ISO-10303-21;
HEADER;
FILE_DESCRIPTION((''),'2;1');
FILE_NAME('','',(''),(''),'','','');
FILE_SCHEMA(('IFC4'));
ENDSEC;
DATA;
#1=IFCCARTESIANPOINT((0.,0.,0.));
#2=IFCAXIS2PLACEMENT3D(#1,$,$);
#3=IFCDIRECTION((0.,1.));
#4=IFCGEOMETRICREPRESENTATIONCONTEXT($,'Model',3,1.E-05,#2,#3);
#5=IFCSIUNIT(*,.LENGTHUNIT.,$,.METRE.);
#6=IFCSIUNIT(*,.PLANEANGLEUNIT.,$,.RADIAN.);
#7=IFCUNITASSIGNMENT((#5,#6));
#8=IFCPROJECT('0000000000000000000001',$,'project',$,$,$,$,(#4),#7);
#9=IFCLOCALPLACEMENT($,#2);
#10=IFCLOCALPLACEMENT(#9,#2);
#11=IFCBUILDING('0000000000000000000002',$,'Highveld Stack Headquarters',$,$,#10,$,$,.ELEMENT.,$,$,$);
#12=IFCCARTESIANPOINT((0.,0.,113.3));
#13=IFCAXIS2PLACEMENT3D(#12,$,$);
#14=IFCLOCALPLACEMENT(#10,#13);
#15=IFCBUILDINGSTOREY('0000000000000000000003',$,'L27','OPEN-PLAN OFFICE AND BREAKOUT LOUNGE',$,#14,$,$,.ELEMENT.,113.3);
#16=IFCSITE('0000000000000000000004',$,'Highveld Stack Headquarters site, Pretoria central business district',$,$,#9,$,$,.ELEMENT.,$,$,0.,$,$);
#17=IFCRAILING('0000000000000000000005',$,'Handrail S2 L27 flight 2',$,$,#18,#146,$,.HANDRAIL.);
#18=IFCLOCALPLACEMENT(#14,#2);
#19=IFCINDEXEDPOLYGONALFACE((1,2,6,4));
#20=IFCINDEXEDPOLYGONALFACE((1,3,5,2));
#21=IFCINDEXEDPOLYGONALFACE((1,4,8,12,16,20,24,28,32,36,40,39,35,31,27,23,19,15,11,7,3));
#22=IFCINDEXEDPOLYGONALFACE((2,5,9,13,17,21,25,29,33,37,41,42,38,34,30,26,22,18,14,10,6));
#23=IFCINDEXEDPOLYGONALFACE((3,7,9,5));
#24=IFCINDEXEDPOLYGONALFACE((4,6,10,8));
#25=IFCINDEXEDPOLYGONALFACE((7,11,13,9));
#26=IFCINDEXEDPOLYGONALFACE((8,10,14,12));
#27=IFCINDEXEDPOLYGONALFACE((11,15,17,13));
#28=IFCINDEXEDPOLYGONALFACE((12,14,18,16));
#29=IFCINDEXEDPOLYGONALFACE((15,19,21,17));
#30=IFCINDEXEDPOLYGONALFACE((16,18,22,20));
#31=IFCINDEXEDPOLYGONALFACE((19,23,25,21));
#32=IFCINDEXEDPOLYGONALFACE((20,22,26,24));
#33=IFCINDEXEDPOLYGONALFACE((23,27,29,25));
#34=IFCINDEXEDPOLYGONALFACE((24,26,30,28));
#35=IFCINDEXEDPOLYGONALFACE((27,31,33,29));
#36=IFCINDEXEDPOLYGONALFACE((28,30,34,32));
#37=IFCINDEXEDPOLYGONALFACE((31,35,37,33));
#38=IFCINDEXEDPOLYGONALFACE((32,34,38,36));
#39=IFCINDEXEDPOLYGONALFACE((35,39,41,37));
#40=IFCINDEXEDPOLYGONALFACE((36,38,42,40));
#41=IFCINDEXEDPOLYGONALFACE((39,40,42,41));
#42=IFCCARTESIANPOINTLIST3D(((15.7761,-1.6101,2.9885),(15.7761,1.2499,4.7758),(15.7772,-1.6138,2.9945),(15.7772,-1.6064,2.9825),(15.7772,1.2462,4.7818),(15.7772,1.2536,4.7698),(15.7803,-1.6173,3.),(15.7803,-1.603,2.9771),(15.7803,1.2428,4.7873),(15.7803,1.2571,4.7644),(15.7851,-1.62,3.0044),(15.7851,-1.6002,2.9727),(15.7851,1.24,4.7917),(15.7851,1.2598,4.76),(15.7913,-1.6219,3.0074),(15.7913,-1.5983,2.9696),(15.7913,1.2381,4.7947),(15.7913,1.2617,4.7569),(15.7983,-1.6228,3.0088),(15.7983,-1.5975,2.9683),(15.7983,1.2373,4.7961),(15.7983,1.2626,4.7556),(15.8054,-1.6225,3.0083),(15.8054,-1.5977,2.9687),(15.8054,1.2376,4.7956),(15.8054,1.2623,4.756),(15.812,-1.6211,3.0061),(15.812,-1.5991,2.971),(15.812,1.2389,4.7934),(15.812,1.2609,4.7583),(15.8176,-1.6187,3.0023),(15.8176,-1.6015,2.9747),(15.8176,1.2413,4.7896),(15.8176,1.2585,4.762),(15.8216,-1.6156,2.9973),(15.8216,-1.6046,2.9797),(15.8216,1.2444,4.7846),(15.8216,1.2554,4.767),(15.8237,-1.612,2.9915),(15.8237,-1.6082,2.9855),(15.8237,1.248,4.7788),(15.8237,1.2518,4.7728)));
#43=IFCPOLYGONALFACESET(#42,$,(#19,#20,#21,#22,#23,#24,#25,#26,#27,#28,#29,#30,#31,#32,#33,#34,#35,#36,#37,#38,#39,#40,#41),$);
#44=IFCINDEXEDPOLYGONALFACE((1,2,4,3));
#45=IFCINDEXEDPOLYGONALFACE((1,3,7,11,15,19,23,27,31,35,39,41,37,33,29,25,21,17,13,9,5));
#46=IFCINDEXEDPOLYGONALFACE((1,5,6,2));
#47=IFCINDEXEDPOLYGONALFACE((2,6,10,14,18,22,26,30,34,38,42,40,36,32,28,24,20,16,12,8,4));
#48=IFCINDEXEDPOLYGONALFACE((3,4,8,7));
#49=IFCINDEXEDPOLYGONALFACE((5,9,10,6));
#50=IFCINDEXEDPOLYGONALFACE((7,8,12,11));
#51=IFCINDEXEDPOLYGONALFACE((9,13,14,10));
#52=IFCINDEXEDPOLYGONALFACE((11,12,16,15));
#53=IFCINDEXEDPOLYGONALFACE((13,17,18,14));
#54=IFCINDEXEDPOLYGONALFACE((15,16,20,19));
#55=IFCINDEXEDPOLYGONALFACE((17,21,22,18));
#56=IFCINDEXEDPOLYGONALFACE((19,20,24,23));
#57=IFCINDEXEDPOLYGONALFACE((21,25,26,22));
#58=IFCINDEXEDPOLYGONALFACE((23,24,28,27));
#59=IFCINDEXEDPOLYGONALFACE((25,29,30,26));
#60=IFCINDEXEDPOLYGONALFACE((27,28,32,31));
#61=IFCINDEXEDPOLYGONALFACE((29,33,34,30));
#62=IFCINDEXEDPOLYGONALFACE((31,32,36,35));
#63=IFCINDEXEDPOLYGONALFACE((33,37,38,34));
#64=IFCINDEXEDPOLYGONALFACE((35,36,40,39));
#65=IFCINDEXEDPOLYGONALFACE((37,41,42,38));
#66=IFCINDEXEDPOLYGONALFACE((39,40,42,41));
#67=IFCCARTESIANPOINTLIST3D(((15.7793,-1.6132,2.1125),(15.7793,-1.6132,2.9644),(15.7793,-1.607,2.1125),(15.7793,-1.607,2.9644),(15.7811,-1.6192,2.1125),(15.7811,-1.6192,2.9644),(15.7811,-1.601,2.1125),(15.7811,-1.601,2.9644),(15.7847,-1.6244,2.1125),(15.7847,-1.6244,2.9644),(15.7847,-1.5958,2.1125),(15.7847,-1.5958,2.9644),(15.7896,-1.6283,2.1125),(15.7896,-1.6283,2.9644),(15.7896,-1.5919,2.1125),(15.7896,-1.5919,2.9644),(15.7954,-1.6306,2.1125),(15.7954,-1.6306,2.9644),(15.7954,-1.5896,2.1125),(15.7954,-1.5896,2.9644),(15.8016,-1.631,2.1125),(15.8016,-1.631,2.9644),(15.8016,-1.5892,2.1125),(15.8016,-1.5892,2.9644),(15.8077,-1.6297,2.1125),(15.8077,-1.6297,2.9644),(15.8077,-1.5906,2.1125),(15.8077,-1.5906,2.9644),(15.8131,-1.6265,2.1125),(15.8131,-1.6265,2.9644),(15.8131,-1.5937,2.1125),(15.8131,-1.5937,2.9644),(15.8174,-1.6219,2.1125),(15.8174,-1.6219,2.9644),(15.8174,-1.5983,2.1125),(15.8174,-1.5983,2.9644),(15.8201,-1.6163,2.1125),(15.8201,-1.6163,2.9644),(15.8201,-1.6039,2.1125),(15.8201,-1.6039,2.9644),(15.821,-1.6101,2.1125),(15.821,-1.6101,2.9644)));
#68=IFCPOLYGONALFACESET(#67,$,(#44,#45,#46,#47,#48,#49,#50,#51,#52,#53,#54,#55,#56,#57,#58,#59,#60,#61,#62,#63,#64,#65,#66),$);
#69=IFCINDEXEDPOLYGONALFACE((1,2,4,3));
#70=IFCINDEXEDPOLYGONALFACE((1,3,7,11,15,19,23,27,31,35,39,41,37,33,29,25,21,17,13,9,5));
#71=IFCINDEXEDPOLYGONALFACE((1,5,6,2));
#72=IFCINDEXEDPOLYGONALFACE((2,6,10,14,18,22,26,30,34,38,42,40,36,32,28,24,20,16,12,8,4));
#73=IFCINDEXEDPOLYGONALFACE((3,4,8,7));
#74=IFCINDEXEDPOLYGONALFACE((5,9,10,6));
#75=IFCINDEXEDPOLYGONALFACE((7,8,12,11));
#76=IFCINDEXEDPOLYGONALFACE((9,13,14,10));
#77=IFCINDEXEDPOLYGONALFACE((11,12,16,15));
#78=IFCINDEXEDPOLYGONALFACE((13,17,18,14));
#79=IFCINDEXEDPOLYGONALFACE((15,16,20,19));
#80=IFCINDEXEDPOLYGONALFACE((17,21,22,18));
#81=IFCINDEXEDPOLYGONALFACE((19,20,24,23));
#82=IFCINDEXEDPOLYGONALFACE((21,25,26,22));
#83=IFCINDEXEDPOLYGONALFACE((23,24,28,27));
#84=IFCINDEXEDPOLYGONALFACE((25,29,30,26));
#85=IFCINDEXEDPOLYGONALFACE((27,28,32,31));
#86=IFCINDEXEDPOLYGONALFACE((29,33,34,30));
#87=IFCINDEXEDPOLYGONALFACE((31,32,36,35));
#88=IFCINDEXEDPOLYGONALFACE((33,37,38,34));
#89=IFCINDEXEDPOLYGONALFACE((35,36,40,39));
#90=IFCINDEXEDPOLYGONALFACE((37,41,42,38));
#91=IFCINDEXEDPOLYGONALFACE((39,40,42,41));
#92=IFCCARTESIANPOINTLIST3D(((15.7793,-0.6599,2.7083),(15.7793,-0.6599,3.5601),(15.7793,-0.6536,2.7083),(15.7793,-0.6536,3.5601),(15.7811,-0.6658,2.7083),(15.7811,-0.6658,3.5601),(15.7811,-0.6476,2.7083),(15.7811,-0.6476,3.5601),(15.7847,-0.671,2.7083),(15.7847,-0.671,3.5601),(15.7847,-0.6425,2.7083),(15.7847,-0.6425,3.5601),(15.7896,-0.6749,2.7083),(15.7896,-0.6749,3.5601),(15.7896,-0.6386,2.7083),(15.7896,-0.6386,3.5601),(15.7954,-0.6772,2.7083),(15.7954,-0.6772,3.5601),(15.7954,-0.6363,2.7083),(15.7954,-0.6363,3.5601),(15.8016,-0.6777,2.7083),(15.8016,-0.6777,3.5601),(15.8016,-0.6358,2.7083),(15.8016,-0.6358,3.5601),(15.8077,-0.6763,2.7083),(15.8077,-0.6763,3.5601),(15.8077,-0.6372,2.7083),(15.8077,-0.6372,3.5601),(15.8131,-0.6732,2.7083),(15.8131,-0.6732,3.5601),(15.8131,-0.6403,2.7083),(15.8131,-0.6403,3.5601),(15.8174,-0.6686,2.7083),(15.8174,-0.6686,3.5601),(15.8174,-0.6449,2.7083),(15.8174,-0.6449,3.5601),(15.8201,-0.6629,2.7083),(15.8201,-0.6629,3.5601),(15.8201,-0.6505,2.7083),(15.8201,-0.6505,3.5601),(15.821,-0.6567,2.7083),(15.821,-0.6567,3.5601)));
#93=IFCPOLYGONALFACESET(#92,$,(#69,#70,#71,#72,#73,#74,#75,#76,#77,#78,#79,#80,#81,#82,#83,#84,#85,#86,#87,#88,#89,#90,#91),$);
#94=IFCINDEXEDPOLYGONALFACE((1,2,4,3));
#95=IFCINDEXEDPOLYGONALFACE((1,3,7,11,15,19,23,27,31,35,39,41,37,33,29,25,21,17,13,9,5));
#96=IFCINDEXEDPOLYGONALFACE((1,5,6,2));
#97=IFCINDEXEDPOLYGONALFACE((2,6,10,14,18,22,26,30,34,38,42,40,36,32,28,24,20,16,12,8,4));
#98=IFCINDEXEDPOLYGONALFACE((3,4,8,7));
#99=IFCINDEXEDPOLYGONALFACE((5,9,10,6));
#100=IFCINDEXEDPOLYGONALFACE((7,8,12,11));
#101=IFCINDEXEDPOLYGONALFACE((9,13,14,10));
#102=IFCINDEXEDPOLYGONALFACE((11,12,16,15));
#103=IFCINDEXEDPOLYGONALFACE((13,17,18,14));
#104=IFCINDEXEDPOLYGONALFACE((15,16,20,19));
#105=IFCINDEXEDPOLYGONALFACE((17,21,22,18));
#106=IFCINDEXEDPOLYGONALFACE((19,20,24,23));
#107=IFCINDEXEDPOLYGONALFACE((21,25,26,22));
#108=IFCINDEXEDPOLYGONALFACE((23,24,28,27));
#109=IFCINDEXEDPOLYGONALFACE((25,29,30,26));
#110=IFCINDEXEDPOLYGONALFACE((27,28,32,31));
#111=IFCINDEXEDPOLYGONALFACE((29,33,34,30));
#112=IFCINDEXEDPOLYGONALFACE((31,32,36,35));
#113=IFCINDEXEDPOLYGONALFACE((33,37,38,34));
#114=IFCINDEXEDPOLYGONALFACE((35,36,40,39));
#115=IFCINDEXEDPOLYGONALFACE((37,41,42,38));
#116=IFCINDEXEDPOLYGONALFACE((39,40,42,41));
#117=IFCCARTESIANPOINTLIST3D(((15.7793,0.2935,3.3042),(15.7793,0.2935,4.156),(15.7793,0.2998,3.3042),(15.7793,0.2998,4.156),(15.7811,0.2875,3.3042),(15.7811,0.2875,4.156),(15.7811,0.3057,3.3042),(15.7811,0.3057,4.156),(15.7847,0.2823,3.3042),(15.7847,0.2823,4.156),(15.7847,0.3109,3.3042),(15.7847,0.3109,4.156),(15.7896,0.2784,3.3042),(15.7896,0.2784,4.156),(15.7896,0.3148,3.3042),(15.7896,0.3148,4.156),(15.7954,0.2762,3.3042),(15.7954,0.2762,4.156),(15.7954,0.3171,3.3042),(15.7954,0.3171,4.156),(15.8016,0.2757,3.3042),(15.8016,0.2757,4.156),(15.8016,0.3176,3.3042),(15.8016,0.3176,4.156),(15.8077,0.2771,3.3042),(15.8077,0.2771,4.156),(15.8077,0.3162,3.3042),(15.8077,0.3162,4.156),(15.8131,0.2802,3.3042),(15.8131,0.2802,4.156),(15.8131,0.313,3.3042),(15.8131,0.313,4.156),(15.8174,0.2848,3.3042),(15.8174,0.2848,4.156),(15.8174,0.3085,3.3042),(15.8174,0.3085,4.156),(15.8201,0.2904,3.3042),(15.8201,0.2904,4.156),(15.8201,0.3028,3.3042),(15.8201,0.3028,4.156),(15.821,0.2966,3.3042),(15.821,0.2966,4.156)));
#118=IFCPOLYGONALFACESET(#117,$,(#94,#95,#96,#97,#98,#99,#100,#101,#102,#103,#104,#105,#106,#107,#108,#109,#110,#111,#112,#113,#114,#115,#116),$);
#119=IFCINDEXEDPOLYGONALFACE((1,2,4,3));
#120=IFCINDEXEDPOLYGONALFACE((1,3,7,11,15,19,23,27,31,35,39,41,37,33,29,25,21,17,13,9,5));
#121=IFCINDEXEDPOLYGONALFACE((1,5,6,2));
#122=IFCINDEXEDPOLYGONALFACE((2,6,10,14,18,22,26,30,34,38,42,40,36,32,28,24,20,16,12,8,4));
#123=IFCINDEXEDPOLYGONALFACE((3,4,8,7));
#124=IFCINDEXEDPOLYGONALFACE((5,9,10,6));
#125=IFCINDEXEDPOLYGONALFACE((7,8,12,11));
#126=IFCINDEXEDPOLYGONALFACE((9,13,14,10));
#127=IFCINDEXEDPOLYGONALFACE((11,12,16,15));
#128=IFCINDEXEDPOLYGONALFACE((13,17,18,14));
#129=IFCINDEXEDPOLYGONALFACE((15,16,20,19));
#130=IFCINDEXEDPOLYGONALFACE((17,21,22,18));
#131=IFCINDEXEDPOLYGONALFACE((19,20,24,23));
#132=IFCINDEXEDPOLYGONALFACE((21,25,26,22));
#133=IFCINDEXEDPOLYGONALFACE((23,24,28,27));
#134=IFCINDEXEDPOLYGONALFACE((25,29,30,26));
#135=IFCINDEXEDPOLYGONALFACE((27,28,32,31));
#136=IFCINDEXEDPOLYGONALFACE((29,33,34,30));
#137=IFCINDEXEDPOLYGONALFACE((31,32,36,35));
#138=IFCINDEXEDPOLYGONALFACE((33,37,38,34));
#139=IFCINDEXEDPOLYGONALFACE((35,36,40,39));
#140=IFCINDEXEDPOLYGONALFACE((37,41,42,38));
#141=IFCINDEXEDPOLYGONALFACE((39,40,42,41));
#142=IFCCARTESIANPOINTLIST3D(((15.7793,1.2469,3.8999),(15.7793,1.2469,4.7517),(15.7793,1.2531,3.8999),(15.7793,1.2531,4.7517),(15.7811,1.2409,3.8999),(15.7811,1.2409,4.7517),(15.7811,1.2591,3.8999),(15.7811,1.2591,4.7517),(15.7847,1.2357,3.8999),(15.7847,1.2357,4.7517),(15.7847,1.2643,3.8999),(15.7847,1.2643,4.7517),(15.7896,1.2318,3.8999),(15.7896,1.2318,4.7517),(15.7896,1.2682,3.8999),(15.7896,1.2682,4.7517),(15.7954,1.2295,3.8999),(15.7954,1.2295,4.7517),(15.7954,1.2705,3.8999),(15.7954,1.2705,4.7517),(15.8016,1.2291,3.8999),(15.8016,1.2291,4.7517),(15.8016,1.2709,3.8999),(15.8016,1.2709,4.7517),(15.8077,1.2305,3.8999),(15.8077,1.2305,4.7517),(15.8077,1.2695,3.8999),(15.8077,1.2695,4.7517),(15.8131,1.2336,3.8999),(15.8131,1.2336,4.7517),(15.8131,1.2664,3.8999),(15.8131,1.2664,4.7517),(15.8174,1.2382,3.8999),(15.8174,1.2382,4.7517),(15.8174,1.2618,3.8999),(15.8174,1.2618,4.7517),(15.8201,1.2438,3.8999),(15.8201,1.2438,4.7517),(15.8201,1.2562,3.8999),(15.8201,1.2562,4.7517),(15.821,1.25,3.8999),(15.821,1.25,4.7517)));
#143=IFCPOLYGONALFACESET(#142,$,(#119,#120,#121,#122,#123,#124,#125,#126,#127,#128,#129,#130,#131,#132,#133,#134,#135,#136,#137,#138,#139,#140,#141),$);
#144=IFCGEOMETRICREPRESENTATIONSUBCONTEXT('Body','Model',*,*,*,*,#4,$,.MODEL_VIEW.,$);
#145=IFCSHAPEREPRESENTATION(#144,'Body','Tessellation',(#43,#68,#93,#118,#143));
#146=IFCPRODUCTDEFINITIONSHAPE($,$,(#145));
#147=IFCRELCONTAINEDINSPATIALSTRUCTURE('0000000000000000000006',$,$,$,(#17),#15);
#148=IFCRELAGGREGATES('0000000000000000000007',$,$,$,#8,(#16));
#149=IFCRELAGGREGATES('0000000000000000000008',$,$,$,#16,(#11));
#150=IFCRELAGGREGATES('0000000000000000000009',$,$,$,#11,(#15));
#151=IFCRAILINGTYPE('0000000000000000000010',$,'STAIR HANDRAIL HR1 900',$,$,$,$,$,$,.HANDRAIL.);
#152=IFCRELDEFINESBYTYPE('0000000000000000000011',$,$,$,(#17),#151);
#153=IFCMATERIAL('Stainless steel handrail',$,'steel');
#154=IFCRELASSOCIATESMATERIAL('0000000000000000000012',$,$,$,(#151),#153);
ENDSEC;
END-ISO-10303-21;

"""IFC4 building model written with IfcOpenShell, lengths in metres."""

from ifc_helpers import new_model, si_unit, direction, frame, origin, origin_2d, place, context, subcontext, project, spatial, circle, extrude, material, type_object, element, save


model = new_model("IFC4")

# Units and contexts
model_context = context("Model", 3, precision=1e-05, world=origin(), true_north=direction((0.0, 1.0)))
body_context = subcontext(model_context, "Body", "Model", "MODEL_VIEW")
ifc_project = project(units=[si_unit("LENGTHUNIT", "METRE"), si_unit("PLANEANGLEUNIT", "RADIAN")], contexts=[model_context])

# Site, building, storey
site_placement = place(None, origin())
site = spatial("IfcSite", under=ifc_project, at=site_placement, Name="Highveld Stack Headquarters site, Pretoria central business district", CompositionType="ELEMENT", RefElevation=0.0)
building_placement = place(site_placement, origin())
building = spatial("IfcBuilding", under=site, at=building_placement, Name="Highveld Stack Headquarters", CompositionType="ELEMENT")
storey_placement = place(building_placement, frame((0.0, 0.0, 113.3)))
storey = spatial("IfcBuildingStorey", under=building, at=storey_placement, Name="L27", Description="OPEN-PLAN OFFICE AND BREAKOUT LOUNGE", CompositionType="ELEMENT", Elevation=113.3)

# Railing
ifc_material_1 = material(Name="Stainless steel handrail", Category="steel")
railing_type = type_object("IfcRailingType", Name="STAIR HANDRAIL HR1 900", PredefinedType="HANDRAIL", material=ifc_material_1)
for number, where, name in (
    (1, (15.8, -1.6101, 2.1125), "Handrail S2 L27 flight 2"),
):
    element("IfcRailing", number, at=place(storey_placement, frame(where)), inside=storey, type_object=railing_type, Name=name, PredefinedType="HANDRAIL", context=body_context, shape_type="SweptSolid", body=[
        extrude(circle(Radius=0.0239, at=origin_2d()), frame((0.0, 0.0, 0.876), z_axis=(0.0, 0.848027, 0.529953), x_axis=(-1.0, 0.0, 0.0)), (0.0, 0.0, 1.0), 3.3726),
        extrude(circle(Radius=0.021, at=origin_2d()), origin(), (0.0, 0.0, 1.0), 0.8518),
        extrude(circle(Radius=0.021, at=origin_2d()), frame((0.0, 0.9534, 0.5957)), (0.0, 0.0, 1.0), 0.8518),
        extrude(circle(Radius=0.021, at=origin_2d()), frame((0.0, 1.9067, 1.1917)), (0.0, 0.0, 1.0), 0.8518),
        extrude(circle(Radius=0.021, at=origin_2d()), frame((0.0, 2.8601, 1.7874)), (0.0, 0.0, 1.0), 0.8518),
    ])

save(model, "model.ifc")
